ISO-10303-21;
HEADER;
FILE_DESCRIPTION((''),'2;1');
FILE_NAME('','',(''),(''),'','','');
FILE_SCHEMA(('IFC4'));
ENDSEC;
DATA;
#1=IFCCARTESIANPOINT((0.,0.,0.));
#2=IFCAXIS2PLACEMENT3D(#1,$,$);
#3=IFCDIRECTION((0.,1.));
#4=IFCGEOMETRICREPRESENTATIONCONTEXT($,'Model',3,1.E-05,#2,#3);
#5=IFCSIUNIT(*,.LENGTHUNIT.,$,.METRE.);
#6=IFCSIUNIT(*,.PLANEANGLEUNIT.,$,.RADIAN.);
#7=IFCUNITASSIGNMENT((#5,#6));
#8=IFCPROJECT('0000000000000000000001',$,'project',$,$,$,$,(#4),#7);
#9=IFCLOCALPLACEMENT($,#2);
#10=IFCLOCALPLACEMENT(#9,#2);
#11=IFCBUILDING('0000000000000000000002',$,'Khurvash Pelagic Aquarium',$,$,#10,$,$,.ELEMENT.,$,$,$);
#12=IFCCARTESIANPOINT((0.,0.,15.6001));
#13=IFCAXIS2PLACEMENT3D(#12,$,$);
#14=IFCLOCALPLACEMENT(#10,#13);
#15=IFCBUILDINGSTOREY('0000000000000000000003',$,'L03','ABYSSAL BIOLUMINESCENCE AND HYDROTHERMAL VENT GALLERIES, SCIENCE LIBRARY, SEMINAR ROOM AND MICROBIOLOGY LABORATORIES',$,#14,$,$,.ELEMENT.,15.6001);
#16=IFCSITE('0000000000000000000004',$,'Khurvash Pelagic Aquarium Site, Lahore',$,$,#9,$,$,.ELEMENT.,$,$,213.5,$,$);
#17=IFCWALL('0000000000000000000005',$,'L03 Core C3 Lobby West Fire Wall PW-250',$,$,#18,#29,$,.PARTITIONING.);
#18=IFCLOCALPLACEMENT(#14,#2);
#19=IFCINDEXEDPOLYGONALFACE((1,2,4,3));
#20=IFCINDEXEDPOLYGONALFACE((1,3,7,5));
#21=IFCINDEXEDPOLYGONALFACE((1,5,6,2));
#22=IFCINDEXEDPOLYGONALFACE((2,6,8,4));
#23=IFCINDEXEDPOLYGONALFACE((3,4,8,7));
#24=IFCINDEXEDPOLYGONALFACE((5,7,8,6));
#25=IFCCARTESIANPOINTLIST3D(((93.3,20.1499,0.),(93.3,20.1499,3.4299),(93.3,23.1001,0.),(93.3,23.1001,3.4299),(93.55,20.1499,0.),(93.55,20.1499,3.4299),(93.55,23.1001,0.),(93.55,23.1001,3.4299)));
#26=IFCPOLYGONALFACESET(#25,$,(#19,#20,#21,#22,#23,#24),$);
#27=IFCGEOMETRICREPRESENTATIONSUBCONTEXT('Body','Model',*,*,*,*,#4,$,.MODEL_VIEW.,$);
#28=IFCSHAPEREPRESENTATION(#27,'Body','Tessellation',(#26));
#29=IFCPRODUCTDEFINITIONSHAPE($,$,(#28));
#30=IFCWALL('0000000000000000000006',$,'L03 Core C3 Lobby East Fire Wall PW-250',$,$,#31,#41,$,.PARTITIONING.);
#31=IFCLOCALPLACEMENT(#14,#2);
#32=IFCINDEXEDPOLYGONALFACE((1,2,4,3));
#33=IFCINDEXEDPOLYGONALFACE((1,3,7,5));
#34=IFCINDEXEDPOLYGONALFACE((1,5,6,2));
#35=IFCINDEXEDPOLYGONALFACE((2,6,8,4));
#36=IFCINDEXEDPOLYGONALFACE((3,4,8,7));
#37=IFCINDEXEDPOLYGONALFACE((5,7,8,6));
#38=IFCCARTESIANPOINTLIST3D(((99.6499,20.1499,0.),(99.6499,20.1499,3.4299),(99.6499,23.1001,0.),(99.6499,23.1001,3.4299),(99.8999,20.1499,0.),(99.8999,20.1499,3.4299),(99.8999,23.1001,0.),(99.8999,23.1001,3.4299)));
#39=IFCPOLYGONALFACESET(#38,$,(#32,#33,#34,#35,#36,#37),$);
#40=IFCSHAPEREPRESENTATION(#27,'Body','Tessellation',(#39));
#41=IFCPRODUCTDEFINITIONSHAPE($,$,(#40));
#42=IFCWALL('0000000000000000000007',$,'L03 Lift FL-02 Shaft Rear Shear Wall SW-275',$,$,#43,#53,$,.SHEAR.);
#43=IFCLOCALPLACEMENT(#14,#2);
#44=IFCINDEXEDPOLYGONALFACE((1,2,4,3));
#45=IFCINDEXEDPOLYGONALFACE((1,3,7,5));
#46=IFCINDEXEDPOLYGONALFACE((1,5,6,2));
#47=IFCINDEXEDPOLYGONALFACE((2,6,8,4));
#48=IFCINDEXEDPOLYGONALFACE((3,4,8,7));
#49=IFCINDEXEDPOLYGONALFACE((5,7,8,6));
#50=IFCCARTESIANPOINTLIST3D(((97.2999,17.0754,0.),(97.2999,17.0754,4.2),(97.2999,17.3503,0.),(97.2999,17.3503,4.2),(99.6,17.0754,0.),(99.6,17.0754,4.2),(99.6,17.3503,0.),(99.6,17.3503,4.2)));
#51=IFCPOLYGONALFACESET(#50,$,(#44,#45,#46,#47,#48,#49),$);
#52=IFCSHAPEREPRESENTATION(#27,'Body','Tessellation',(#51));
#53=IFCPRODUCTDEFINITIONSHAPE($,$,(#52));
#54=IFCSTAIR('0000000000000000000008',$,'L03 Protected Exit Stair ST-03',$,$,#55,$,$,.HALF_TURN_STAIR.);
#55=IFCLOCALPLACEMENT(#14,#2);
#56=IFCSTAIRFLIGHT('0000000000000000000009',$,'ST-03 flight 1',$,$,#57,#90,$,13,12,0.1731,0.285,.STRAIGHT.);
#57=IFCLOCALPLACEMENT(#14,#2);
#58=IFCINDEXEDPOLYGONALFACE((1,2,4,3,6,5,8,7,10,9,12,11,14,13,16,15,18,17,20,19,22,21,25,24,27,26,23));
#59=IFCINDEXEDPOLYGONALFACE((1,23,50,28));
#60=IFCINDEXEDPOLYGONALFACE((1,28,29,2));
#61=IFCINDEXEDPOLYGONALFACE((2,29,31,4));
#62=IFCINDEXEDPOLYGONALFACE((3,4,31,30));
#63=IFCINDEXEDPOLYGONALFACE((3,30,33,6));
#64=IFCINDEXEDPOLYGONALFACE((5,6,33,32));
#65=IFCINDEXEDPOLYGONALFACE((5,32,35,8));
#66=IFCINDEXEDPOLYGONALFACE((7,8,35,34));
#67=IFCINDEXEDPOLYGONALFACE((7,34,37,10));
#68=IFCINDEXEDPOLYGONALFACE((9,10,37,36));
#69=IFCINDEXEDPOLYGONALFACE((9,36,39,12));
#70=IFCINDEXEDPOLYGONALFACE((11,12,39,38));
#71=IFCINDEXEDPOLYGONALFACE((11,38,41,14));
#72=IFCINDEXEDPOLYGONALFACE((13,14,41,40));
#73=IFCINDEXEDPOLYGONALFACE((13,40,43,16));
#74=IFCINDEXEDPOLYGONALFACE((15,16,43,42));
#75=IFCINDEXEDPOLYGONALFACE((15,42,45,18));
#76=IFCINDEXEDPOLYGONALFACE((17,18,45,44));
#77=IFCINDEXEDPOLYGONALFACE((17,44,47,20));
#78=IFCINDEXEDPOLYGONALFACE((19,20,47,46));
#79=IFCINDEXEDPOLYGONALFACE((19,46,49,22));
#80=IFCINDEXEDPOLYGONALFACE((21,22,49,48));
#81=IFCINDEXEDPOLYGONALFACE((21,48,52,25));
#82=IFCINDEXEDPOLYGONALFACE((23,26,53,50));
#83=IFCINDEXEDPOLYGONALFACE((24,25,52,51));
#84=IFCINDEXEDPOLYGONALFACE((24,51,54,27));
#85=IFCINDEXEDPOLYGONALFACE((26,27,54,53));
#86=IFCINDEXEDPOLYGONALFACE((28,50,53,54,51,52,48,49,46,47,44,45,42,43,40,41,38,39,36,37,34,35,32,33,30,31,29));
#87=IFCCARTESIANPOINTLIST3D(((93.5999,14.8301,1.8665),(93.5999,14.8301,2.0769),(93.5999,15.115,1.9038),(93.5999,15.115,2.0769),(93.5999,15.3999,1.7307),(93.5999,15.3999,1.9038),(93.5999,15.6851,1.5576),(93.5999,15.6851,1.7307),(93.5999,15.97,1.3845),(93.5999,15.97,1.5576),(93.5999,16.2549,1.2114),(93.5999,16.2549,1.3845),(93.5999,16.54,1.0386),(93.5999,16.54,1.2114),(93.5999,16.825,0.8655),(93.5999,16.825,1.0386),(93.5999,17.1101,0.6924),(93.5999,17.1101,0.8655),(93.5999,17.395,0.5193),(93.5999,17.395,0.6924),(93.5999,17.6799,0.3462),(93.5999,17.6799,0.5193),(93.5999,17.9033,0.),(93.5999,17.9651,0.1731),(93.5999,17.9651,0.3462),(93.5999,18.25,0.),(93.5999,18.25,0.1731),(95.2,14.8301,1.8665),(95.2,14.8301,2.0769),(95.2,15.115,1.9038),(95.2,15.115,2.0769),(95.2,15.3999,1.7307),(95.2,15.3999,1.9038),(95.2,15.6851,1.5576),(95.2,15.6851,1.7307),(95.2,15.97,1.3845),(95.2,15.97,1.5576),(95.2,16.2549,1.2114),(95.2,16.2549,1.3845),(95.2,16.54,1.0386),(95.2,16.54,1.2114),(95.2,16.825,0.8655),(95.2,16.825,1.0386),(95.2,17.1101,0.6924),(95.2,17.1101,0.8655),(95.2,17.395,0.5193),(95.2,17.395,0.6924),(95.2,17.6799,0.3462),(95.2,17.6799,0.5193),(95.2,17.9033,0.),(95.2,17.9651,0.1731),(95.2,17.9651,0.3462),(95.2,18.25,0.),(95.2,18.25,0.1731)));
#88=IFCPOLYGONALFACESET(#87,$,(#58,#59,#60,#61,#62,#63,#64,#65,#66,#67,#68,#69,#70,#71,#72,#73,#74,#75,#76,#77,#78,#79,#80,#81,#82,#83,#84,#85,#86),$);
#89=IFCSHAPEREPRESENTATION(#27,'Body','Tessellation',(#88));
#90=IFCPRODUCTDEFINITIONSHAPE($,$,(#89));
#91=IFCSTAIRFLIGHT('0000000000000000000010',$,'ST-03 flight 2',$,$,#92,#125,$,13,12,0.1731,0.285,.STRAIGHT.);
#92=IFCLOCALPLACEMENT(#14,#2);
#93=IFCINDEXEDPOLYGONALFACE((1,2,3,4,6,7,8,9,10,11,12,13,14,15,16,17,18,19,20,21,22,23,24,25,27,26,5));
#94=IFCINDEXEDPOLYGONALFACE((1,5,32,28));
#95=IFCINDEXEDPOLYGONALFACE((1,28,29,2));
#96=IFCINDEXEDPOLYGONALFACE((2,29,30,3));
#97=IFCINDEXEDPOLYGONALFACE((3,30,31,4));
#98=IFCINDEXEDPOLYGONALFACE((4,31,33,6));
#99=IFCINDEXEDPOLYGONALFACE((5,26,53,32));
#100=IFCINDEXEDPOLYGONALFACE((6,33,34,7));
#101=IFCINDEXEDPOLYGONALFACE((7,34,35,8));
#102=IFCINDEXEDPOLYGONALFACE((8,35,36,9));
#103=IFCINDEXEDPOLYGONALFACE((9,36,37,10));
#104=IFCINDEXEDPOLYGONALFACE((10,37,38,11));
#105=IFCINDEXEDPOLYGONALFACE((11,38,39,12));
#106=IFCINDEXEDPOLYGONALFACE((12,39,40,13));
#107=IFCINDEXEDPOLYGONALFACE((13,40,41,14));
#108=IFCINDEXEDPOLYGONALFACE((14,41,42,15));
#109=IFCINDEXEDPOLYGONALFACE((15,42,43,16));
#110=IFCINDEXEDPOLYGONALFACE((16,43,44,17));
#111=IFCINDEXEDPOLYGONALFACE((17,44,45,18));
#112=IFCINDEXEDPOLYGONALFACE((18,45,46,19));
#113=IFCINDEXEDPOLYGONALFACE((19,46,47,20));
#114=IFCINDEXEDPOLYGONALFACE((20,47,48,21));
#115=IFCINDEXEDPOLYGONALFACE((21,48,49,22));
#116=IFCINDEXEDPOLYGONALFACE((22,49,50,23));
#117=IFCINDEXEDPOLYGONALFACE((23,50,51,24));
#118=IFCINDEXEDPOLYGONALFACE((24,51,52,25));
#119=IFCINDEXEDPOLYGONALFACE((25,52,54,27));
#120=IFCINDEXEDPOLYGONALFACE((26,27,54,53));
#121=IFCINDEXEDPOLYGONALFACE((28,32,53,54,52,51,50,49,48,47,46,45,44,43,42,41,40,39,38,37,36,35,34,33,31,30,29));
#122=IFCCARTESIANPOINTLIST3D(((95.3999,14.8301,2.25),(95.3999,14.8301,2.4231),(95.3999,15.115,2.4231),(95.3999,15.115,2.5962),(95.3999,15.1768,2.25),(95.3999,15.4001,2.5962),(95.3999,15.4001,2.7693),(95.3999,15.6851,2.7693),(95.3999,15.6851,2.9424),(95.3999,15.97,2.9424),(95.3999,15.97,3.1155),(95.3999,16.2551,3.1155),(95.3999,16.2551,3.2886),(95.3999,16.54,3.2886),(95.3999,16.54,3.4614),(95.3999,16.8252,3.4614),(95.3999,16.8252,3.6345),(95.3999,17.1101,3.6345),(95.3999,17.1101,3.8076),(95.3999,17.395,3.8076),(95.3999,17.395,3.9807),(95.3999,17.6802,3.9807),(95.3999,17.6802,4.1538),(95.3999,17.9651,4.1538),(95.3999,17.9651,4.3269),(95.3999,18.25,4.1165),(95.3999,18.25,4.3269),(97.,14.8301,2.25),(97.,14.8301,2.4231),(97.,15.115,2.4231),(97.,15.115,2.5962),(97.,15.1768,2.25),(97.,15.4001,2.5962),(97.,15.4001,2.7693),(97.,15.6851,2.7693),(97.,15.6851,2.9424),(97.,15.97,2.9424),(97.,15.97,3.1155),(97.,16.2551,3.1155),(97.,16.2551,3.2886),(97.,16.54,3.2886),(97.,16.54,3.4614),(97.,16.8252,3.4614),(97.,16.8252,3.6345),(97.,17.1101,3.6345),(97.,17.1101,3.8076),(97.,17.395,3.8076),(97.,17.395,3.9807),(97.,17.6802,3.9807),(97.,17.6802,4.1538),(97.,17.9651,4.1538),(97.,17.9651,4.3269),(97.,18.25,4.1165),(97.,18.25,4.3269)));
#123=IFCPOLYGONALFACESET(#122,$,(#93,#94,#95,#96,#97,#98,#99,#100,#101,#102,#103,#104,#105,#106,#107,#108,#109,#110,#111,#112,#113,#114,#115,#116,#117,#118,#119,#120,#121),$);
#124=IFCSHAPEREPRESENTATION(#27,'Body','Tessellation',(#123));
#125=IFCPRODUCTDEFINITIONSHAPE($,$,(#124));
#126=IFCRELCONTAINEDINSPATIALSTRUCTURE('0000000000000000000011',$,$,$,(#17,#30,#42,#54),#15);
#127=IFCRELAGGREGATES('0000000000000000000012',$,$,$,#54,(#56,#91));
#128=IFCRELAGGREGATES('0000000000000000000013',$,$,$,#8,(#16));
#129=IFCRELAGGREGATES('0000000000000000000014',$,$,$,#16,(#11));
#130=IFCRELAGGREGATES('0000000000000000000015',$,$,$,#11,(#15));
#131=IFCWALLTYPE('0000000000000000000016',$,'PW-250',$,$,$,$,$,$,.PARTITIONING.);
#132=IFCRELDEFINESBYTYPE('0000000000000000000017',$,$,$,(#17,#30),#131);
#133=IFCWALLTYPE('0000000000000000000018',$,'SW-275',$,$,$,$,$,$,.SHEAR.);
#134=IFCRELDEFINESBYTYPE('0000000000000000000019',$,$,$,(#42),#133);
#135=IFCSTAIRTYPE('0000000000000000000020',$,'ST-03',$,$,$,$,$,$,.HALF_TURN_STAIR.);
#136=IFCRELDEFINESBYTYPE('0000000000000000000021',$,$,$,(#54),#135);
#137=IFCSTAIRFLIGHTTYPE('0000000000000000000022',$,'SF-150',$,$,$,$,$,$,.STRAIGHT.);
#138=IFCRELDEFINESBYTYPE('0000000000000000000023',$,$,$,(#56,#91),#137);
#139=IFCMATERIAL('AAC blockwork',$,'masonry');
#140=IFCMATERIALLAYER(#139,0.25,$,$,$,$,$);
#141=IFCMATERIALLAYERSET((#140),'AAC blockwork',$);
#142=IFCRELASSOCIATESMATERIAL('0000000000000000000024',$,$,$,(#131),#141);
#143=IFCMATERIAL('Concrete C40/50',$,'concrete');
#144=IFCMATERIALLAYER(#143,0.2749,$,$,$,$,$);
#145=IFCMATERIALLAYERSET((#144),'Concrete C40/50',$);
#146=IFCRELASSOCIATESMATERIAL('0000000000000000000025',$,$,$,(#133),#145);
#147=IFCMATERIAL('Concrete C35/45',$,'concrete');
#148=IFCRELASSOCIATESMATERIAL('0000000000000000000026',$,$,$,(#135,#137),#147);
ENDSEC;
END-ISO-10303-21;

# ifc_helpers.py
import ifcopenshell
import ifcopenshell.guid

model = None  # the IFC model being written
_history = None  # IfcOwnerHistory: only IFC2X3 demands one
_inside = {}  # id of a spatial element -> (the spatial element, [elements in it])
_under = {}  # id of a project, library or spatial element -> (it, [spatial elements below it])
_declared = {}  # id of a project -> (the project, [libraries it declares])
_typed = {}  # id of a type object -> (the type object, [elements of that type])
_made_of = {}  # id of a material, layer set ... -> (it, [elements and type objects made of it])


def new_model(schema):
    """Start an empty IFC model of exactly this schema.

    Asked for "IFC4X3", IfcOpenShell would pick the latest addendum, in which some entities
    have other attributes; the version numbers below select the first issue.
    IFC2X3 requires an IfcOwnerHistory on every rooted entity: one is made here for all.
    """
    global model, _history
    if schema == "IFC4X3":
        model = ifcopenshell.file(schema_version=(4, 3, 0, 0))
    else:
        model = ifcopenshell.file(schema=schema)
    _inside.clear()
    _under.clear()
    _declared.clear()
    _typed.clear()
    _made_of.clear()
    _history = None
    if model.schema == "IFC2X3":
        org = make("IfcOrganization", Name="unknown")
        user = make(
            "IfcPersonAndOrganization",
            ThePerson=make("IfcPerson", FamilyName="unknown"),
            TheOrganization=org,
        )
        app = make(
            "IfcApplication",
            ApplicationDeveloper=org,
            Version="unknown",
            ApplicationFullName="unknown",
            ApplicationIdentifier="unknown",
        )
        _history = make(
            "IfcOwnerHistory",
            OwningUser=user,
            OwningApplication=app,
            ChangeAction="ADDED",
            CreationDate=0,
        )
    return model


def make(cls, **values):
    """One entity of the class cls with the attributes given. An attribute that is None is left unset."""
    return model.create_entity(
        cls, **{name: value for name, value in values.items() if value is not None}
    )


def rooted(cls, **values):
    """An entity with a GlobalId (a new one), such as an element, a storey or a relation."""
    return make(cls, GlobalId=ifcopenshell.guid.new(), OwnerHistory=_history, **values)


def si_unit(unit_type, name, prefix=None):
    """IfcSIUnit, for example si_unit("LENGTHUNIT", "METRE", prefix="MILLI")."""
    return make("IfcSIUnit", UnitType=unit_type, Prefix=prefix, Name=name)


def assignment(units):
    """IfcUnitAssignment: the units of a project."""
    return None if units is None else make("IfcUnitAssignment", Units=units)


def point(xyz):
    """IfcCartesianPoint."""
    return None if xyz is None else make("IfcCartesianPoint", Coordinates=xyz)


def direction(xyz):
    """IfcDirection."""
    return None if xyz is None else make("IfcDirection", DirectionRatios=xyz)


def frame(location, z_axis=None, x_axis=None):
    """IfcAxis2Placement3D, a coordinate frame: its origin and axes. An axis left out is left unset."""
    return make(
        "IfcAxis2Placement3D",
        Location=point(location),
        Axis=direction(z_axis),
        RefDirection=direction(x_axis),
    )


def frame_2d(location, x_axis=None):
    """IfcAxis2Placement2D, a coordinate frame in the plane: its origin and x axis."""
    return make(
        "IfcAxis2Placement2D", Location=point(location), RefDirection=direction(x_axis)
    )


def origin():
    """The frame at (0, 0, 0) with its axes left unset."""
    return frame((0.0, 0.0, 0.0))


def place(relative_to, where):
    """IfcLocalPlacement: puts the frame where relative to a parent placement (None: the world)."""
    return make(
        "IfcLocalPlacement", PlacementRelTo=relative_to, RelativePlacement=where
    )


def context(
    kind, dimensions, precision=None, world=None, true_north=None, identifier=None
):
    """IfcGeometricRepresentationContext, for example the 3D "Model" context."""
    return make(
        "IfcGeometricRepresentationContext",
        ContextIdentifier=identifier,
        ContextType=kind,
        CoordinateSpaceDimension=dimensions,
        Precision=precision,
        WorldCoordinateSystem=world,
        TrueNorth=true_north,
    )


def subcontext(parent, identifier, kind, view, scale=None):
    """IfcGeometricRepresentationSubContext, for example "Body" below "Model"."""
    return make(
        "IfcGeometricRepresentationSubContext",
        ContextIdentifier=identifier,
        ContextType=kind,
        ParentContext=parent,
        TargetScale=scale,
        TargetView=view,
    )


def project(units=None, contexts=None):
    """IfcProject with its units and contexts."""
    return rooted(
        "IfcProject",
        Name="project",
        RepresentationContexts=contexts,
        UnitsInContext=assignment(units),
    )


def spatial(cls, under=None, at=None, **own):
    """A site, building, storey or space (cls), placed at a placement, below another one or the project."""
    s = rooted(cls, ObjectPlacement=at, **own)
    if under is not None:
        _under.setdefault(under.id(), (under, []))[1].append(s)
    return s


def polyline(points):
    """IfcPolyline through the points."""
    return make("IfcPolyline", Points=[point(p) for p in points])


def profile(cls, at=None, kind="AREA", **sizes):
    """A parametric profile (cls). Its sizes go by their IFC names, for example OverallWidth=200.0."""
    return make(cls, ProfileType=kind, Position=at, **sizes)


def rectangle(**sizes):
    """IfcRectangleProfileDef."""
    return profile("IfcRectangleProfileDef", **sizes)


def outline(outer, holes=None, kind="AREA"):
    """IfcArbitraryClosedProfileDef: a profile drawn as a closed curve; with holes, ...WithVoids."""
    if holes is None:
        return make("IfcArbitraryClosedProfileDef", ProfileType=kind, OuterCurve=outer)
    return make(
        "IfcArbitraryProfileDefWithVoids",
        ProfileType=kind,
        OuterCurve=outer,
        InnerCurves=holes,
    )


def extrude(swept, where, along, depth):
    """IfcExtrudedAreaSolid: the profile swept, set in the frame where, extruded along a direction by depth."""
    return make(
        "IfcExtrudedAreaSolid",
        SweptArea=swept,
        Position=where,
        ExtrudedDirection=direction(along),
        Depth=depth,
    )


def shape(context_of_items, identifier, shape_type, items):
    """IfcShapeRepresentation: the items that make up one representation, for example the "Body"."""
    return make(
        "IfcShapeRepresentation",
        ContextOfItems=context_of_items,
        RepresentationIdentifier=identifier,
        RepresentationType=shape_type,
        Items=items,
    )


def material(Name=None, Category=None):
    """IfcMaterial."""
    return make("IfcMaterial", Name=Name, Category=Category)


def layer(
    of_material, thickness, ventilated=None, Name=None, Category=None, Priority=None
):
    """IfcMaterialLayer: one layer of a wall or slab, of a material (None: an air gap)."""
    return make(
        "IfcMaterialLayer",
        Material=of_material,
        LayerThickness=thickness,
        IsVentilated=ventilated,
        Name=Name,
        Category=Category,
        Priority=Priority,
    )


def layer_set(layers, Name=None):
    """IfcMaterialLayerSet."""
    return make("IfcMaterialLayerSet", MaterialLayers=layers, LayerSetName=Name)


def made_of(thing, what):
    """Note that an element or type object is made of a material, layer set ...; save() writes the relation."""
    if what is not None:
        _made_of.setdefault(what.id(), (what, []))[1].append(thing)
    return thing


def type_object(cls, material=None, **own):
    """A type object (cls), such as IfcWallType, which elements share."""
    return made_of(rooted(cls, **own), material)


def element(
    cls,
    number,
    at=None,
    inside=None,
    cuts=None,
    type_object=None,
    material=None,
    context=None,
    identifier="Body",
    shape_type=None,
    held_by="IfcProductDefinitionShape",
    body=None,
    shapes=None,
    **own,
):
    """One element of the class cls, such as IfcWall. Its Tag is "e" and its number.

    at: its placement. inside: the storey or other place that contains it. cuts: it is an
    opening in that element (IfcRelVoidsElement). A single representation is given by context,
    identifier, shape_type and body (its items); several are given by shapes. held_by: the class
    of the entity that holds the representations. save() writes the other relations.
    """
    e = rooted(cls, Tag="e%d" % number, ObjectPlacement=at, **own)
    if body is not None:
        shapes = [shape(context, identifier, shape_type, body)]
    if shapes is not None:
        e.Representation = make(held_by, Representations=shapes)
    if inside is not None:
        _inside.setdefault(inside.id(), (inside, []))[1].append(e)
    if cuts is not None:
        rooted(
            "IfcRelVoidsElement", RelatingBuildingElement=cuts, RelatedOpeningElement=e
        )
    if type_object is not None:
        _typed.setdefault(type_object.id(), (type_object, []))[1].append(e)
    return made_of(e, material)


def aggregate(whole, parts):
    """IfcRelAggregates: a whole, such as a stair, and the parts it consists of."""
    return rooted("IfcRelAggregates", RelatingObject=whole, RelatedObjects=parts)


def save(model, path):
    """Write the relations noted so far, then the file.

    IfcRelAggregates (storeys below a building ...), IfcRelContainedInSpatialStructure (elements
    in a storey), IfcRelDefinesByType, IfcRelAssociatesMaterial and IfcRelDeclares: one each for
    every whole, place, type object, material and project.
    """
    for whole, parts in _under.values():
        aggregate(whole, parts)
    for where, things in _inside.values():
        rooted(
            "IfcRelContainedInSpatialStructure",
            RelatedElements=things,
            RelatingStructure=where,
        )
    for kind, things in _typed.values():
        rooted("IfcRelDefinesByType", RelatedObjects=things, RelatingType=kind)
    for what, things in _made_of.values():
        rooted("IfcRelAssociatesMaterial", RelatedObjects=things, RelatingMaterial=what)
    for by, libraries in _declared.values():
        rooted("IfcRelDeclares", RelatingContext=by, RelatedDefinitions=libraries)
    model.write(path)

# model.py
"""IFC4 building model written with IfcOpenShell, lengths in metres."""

from ifc_helpers import new_model, si_unit, direction, frame, frame_2d, origin, place, context, subcontext, project, spatial, polyline, rectangle, outline, extrude, material, layer, layer_set, type_object, element, aggregate, save


model = new_model("IFC4")

# Units and contexts
model_context = context("Model", 3, precision=1e-05, world=origin(), true_north=direction((0.0, 1.0)))
body_context = subcontext(model_context, "Body", "Model", "MODEL_VIEW")
ifc_project = project(units=[si_unit("LENGTHUNIT", "METRE"), si_unit("PLANEANGLEUNIT", "RADIAN")], contexts=[model_context])

# Site, building, storey
site_placement = place(None, origin())
site = spatial("IfcSite", under=ifc_project, at=site_placement, Name="Khurvash Pelagic Aquarium Site, Lahore", CompositionType="ELEMENT", RefElevation=213.5)
building_placement = place(site_placement, origin())
building = spatial("IfcBuilding", under=site, at=building_placement, Name="Khurvash Pelagic Aquarium", CompositionType="ELEMENT")
storey_placement = place(building_placement, frame((0.0, 0.0, 15.6001)))
storey = spatial("IfcBuildingStorey", under=building, at=storey_placement, Name="L03", Description="ABYSSAL BIOLUMINESCENCE AND HYDROTHERMAL VENT GALLERIES, SCIENCE LIBRARY, SEMINAR ROOM AND MICROBIOLOGY LABORATORIES", CompositionType="ELEMENT", Elevation=15.6001)

# Shared definitions
ifc_material_1 = material(Name="Concrete C40/50", Category="concrete")

# Shared definitions
ifc_material_2 = material(Name="Concrete C35/45", Category="concrete")

# Shared definitions
ifc_material_3 = material(Name="AAC blockwork", Category="masonry")
ifc_layer_1 = layer(ifc_material_3, 0.25)
ifc_layer_set_1 = layer_set([ifc_layer_1], Name="AAC blockwork")
wall_type_1 = type_object("IfcWallType", Name="PW-250", PredefinedType="PARTITIONING", material=ifc_layer_set_1)

# Walls
for number, where, z_axis, x_axis, name in (
    (1, (93.425, 20.1499, 0.0), (0.0, 0.0, 1.0), (0.0, 1.0, 0.0), "L03 Core C3 Lobby West Fire Wall PW-250"),
    (2, (99.7749, 20.1499, 0.0), (0.0, 0.0, 1.0), (0.0, 1.0, 0.0), "L03 Core C3 Lobby East Fire Wall PW-250"),
):
    element("IfcWall", number, at=place(storey_placement, frame(where, z_axis=z_axis, x_axis=x_axis)), inside=storey, type_object=wall_type_1, Name=name, PredefinedType="PARTITIONING", context=body_context, shape_type="SweptSolid", body=[
        extrude(rectangle(XDim=2.9502, YDim=0.25, at=frame_2d((1.4751, 0.0))), origin(), (0.0, 0.0, 1.0), 3.4299),
    ])
ifc_layer_2 = layer(ifc_material_1, 0.2749)
ifc_layer_set_2 = layer_set([ifc_layer_2], Name="Concrete C40/50")
wall_type_2 = type_object("IfcWallType", Name="SW-275", PredefinedType="SHEAR", material=ifc_layer_set_2)
wall_1_placement = place(storey_placement, frame((97.3, 17.2129, 0.0), z_axis=(0.0, 0.0, 1.0), x_axis=(1.0, 0.0, 0.0)))
element("IfcWall", 3, at=wall_1_placement, inside=storey, type_object=wall_type_2, Name="L03 Lift FL-02 Shaft Rear Shear Wall SW-275", PredefinedType="SHEAR", context=body_context, shape_type="SweptSolid", body=[
    extrude(rectangle(XDim=2.3, YDim=0.2749, at=frame_2d((1.1499, 0.0))), origin(), (0.0, 0.0, 1.0), 4.2),
])

# Stair, stair flights
stair_type = type_object("IfcStairType", Name="ST-03", PredefinedType="HALF_TURN_STAIR", material=ifc_material_2)
stair_placement = place(storey_placement, origin())
stair = element("IfcStair", 4, at=stair_placement, inside=storey, type_object=stair_type, Name="L03 Protected Exit Stair ST-03", PredefinedType="HALF_TURN_STAIR")
stair_flight_type = type_object("IfcStairFlightType", Name="SF-150", PredefinedType="STRAIGHT", material=ifc_material_2)
stair_flight_1_placement = place(storey_placement, frame((94.3999, 18.25, 0.0), z_axis=(0.0, 0.0, 1.0), x_axis=(0.0, -1.0, 0.0)))
stair_flight_1 = element("IfcStairFlight", 5, at=stair_flight_1_placement, type_object=stair_flight_type, Name="ST-03 flight 1", NumberOfRisers=13, NumberOfTreads=12, PredefinedType="STRAIGHT", RiserHeight=0.1731, TreadLength=0.285, context=body_context, shape_type="SweptSolid", body=[
    extrude(outline(polyline([(0.0, 0.0), (0.0, 0.1731), (0.2849, 0.1731), (0.2849, 0.3462), (0.5701, 0.3462), (0.5701, 0.5193), (0.855, 0.5193), (0.855, 0.6924), (1.1399, 0.6924), (1.1399, 0.8655), (1.425, 0.8655), (1.425, 1.0386), (1.71, 1.0386), (1.71, 1.2114), (1.9951, 1.2114), (1.9951, 1.3845), (2.28, 1.3845), (2.28, 1.5576), (2.5649, 1.5576), (2.5649, 1.7307), (2.8501, 1.7307), (2.8501, 1.9038), (3.135, 1.9038), (3.135, 2.0769), (3.4199, 2.0769), (3.4199, 2.25), (3.4199, 1.8665), (0.3467, 0.0), (0.0, 0.0)])), frame((0.0, 0.8, 0.0), z_axis=(0.0, -1.0, 0.0), x_axis=(1.0, 0.0, 0.0)), (0.0, 0.0, 1.0), 1.6001),
])
stair_flight_2_placement = place(storey_placement, frame((96.2, 14.8301, 2.25), z_axis=(0.0, 0.0, 1.0), x_axis=(0.0, 1.0, 0.0)))
stair_flight_2 = element("IfcStairFlight", 6, at=stair_flight_2_placement, type_object=stair_flight_type, Name="ST-03 flight 2", NumberOfRisers=13, NumberOfTreads=12, PredefinedType="STRAIGHT", RiserHeight=0.1731, TreadLength=0.285, context=body_context, shape_type="SweptSolid", body=[
    extrude(outline(polyline([(0.0, 0.0), (0.0, 0.1731), (0.2849, 0.1731), (0.2849, 0.3462), (0.5701, 0.3462), (0.5701, 0.5193), (0.855, 0.5193), (0.855, 0.6924), (1.1399, 0.6924), (1.1399, 0.8655), (1.425, 0.8655), (1.425, 1.0386), (1.71, 1.0386), (1.71, 1.2114), (1.9951, 1.2114), (1.9951, 1.3845), (2.28, 1.3845), (2.28, 1.5576), (2.5649, 1.5576), (2.5649, 1.7307), (2.8501, 1.7307), (2.8501, 1.9038), (3.135, 1.9038), (3.135, 2.0769), (3.4199, 2.0769), (3.4199, 2.25), (3.4199, 1.8665), (0.3467, 0.0), (0.0, 0.0)])), frame((0.0, 0.8, 0.0), z_axis=(0.0, -1.0, 0.0), x_axis=(1.0, 0.0, 0.0)), (0.0, 0.0, 1.0), 1.6001),
])
aggregate(stair, [stair_flight_1, stair_flight_2])

save(model, "model.ifc")
